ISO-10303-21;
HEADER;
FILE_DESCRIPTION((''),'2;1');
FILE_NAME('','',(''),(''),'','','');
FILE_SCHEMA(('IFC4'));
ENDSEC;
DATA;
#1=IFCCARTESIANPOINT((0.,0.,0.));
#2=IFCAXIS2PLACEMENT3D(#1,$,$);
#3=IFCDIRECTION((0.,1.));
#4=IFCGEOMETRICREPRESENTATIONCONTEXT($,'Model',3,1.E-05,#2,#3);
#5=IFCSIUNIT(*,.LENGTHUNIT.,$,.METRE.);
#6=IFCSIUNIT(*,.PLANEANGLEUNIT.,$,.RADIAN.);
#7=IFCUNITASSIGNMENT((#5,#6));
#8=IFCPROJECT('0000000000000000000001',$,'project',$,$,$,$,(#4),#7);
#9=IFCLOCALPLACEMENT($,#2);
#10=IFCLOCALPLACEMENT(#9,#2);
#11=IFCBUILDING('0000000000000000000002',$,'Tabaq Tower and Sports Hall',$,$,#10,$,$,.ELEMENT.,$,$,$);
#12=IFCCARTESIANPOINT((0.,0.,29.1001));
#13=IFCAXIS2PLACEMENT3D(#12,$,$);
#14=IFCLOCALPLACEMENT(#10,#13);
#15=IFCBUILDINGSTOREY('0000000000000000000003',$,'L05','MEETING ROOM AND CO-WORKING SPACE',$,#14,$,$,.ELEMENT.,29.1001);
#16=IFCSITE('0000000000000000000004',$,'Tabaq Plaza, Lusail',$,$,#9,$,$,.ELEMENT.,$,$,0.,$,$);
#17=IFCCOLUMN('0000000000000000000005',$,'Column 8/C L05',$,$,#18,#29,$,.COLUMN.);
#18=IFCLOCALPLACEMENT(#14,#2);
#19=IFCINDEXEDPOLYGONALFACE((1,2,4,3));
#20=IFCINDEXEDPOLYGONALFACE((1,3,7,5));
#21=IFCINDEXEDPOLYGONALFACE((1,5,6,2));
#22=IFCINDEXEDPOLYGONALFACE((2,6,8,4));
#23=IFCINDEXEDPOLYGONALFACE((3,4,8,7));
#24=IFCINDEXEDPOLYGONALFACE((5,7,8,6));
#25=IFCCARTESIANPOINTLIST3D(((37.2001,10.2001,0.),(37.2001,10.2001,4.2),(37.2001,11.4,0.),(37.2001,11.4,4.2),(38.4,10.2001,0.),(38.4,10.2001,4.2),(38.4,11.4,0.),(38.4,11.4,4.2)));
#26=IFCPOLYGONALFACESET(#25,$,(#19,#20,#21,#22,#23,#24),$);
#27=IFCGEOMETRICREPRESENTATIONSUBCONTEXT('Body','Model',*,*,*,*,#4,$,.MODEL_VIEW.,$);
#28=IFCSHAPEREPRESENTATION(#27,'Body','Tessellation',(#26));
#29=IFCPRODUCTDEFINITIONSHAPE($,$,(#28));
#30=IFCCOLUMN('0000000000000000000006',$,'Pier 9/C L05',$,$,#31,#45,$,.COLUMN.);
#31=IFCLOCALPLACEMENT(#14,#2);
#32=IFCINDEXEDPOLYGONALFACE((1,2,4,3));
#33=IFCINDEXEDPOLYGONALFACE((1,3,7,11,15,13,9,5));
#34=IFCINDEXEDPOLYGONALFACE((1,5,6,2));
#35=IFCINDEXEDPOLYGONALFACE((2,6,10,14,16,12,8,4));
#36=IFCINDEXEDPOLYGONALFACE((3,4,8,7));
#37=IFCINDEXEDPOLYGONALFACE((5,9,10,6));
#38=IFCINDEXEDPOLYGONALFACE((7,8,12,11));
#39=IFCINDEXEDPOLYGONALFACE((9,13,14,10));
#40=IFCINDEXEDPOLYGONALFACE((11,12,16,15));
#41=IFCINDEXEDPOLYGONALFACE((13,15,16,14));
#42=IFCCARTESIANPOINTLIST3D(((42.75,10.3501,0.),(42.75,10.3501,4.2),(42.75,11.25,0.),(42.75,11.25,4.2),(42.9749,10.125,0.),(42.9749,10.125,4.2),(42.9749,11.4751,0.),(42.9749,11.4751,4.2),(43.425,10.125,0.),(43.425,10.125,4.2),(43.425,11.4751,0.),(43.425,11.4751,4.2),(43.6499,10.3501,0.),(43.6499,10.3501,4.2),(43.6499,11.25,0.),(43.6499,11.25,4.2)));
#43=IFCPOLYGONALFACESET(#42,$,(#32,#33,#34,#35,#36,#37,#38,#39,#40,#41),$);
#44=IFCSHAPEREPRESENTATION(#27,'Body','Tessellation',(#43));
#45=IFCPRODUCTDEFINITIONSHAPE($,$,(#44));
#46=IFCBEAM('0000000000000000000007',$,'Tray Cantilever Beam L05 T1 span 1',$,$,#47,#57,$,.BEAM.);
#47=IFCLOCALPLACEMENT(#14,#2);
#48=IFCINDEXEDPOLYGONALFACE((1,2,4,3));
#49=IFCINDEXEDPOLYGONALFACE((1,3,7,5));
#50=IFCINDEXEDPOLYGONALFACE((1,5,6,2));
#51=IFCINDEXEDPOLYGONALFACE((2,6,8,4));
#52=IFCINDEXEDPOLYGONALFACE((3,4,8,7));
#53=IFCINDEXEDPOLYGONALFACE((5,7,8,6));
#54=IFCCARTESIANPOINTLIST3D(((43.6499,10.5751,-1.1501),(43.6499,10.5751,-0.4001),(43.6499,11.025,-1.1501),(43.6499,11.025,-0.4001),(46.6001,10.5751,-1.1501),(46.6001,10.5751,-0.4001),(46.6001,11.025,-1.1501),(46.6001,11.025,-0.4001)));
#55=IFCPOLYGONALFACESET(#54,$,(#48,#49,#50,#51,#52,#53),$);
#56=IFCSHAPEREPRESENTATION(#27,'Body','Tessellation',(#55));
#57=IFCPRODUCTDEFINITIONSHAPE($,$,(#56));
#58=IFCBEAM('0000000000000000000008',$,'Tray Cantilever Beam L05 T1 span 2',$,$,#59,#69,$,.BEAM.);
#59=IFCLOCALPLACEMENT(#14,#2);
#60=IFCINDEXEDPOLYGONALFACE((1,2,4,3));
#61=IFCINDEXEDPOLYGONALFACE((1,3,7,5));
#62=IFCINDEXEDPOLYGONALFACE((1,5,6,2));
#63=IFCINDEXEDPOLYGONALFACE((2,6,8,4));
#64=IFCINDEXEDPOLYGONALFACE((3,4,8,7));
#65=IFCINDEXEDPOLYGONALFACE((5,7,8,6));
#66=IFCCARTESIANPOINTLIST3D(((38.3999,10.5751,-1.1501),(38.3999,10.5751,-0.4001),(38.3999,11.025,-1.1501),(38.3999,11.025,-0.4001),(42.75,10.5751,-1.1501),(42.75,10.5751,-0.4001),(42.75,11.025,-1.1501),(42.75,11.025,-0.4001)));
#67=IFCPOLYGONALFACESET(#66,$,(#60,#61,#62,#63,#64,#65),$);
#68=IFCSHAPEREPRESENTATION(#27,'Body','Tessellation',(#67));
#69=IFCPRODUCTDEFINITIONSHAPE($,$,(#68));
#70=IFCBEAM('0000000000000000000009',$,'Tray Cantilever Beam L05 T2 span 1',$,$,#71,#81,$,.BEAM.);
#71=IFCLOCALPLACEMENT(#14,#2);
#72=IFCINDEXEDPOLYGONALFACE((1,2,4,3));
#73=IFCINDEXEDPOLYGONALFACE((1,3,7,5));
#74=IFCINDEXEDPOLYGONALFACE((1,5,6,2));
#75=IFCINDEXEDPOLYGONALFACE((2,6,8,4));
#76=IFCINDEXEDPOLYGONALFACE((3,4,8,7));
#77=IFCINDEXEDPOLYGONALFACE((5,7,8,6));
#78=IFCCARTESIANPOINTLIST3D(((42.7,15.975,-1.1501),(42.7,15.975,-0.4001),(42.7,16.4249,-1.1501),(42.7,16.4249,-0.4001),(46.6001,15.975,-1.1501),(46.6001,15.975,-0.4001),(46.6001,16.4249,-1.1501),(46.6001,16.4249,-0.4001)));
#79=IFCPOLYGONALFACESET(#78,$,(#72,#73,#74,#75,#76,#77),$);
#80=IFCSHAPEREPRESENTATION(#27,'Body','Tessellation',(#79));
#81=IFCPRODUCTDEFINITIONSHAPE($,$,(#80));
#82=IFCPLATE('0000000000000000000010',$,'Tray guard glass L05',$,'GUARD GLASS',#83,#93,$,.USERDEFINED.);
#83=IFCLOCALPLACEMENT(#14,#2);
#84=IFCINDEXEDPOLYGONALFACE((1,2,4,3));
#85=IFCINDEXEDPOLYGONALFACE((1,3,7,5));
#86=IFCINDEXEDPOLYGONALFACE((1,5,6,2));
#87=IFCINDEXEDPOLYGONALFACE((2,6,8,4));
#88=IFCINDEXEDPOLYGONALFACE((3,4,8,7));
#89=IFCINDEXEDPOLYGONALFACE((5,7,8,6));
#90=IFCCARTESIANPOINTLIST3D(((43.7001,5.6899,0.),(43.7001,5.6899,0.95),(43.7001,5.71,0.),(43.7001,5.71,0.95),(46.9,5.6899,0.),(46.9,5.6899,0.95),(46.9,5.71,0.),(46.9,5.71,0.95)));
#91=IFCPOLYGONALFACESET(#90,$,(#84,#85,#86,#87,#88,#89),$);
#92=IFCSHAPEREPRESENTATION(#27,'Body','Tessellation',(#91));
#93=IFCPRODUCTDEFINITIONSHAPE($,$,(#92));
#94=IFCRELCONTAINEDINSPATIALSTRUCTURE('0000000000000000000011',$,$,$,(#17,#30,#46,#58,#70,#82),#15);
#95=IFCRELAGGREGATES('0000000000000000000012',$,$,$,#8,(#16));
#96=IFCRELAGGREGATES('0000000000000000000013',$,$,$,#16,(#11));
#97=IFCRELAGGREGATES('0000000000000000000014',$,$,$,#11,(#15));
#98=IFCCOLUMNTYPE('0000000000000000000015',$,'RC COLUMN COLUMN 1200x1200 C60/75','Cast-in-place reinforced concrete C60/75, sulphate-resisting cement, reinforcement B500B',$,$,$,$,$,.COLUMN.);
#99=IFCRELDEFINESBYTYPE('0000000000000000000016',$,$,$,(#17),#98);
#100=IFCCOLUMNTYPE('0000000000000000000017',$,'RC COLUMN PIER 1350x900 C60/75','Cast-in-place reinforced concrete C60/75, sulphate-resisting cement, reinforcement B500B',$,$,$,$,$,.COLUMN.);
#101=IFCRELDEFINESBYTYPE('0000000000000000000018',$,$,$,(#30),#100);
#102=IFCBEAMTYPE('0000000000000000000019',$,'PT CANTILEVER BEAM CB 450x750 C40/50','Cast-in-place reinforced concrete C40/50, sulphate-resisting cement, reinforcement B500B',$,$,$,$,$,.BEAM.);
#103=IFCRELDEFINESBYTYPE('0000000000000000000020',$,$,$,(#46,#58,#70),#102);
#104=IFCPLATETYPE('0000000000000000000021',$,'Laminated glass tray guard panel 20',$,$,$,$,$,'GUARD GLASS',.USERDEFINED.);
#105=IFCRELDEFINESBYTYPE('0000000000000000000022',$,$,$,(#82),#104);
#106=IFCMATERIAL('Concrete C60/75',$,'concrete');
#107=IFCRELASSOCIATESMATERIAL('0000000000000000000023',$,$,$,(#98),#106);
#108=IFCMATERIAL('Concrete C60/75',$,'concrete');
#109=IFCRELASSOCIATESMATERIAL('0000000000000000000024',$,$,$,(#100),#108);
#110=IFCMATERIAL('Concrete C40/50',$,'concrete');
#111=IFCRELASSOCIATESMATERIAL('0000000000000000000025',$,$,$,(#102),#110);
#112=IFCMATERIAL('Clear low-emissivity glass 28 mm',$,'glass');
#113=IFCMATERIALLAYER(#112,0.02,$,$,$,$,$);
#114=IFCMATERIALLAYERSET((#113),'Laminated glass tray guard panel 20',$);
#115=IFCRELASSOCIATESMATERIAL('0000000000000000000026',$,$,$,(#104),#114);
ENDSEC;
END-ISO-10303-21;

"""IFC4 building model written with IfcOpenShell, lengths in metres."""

from ifc_helpers import new_model, si_unit, direction, frame, frame_2d, origin, origin_2d, place, context, subcontext, project, spatial, polyline, rectangle, outline, extrude, material, layer, layer_set, material_profile, profile_set, type_object, element, save


model = new_model("IFC4")

# Units and contexts
model_context = context("Model", 3, precision=1e-05, world=origin(), true_north=direction((0.0, 1.0)))
body_context = subcontext(model_context, "Body", "Model", "MODEL_VIEW")
ifc_project = project(units=[si_unit("LENGTHUNIT", "METRE"), si_unit("PLANEANGLEUNIT", "RADIAN")], contexts=[model_context])

# Site, building, storey
site_placement = place(None, origin())
site = spatial("IfcSite", under=ifc_project, at=site_placement, Name="Tabaq Plaza, Lusail", CompositionType="ELEMENT", RefElevation=0.0)
building_placement = place(site_placement, origin())
building = spatial("IfcBuilding", under=site, at=building_placement, Name="Tabaq Tower and Sports Hall", CompositionType="ELEMENT")
storey_placement = place(building_placement, frame((0.0, 0.0, 29.1001)))
storey = spatial("IfcBuildingStorey", under=building, at=storey_placement, Name="L05", Description="MEETING ROOM AND CO-WORKING SPACE", CompositionType="ELEMENT", Elevation=29.1001)

# Columns
ifc_material_1 = material(Name="Concrete C60/75", Category="concrete")
ifc_material_profile_1 = material_profile(ifc_material_1, rectangle(XDim=1.2, YDim=1.2, at=origin_2d()), Name="COLUMN 1200x1200")
ifc_profile_set_1 = profile_set([ifc_material_profile_1], Name="Concrete C60/75")
column_type_1 = type_object("IfcColumnType", Name="RC COLUMN COLUMN 1200x1200 C60/75", Description="Cast-in-place reinforced concrete C60/75, sulphate-resisting cement, reinforcement B500B", PredefinedType="COLUMN", material=ifc_profile_set_1)
column_1_placement = place(storey_placement, frame((37.8, 10.8, 0.0), z_axis=(0.0, 0.0, 1.0), x_axis=(1.0, 0.0, 0.0)))
element("IfcColumn", 1, at=column_1_placement, inside=storey, type_object=column_type_1, Name="Column 8/C L05", PredefinedType="COLUMN", context=body_context, shape_type="SweptSolid", body=[
    extrude(rectangle(XDim=1.2, YDim=1.2, at=origin_2d()), origin(), (0.0, 0.0, 1.0), 4.2),
])
ifc_material_2 = material(Name="Concrete C60/75", Category="concrete")
ifc_material_profile_2 = material_profile(ifc_material_2, outline(polyline([(-0.45, -0.45), (0.45, -0.45), (0.675, -0.2251), (0.675, 0.2251), (0.45, 0.45), (-0.45, 0.45), (-0.675, 0.2251), (-0.675, -0.2251), (-0.45, -0.45)])), Name="PIER 1350x900")
ifc_profile_set_2 = profile_set([ifc_material_profile_2], Name="Concrete C60/75")
column_type_2 = type_object("IfcColumnType", Name="RC COLUMN PIER 1350x900 C60/75", Description="Cast-in-place reinforced concrete C60/75, sulphate-resisting cement, reinforcement B500B", PredefinedType="COLUMN", material=ifc_profile_set_2)
column_2_placement = place(storey_placement, frame((43.2, 10.8, 0.0), z_axis=(0.0, 0.0, 1.0), x_axis=(0.0, 1.0, 0.0)))
element("IfcColumn", 2, at=column_2_placement, inside=storey, type_object=column_type_2, Name="Pier 9/C L05", PredefinedType="COLUMN", context=body_context, shape_type="SweptSolid", body=[
    extrude(outline(polyline([(-0.45, -0.45), (0.45, -0.45), (0.675, -0.2251), (0.675, 0.2251), (0.45, 0.45), (-0.45, 0.45), (-0.675, 0.2251), (-0.675, -0.2251), (-0.45, -0.45)])), origin(), (0.0, 0.0, 1.0), 4.2),
])

# Beams
ifc_material_3 = material(Name="Concrete C40/50", Category="concrete")
ifc_material_profile_3 = material_profile(ifc_material_3, rectangle(XDim=0.45, YDim=0.75, at=origin_2d()), Name="CB 450x750")
ifc_profile_set_3 = profile_set([ifc_material_profile_3], Name="Concrete C40/50")
beam_type = type_object("IfcBeamType", Name="PT CANTILEVER BEAM CB 450x750 C40/50", Description="Cast-in-place reinforced concrete C40/50, sulphate-resisting cement, reinforcement B500B", PredefinedType="BEAM", material=ifc_profile_set_3)
beam_1_placement = place(storey_placement, frame((46.6001, 10.8, -0.7751), z_axis=(-1.0, 0.0, 0.0), x_axis=(0.0, -1.0, 0.0)))
element("IfcBeam", 3, at=beam_1_placement, inside=storey, type_object=beam_type, Name="Tray Cantilever Beam L05 T1 span 1", PredefinedType="BEAM", context=body_context, shape_type="SweptSolid", body=[
    extrude(rectangle(XDim=0.45, YDim=0.75, at=origin_2d()), origin(), (0.0, 0.0, 1.0), 2.9502),
])
beam_2_placement = place(storey_placement, frame((42.75, 10.8, -0.7751), z_axis=(-1.0, 0.0, 0.0), x_axis=(0.0, -1.0, 0.0)))
element("IfcBeam", 4, at=beam_2_placement, inside=storey, type_object=beam_type, Name="Tray Cantilever Beam L05 T1 span 2", PredefinedType="BEAM", context=body_context, shape_type="SweptSolid", body=[
    extrude(rectangle(XDim=0.45, YDim=0.75, at=origin_2d()), origin(), (0.0, 0.0, 1.0), 4.3501),
])
beam_3_placement = place(storey_placement, frame((46.6001, 16.2, -0.7751), z_axis=(-1.0, 0.0, 0.0), x_axis=(0.0, -1.0, 0.0)))
element("IfcBeam", 5, at=beam_3_placement, inside=storey, type_object=beam_type, Name="Tray Cantilever Beam L05 T2 span 1", PredefinedType="BEAM", context=body_context, shape_type="SweptSolid", body=[
    extrude(rectangle(XDim=0.45, YDim=0.75, at=origin_2d()), origin(), (0.0, 0.0, 1.0), 3.9001),
])

# Plate
ifc_material_4 = material(Name="Clear low-emissivity glass 28 mm", Category="glass")
ifc_layer_1 = layer(ifc_material_4, 0.02)
ifc_layer_set_1 = layer_set([ifc_layer_1], Name="Laminated glass tray guard panel 20")
plate_type = type_object("IfcPlateType", Name="Laminated glass tray guard panel 20", ElementType="GUARD GLASS", PredefinedType="USERDEFINED", material=ifc_layer_set_1)
plate_placement = place(storey_placement, frame((43.7, 5.7, 0.0), z_axis=(0.0, 0.0, 1.0), x_axis=(1.0, 0.0, 0.0)))
element("IfcPlate", 6, at=plate_placement, inside=storey, type_object=plate_type, Name="Tray guard glass L05", ObjectType="GUARD GLASS", PredefinedType="USERDEFINED", context=body_context, shape_type="SweptSolid", body=[
    extrude(rectangle(XDim=3.2, YDim=0.02, at=frame_2d((1.6001, 0.0))), origin(), (0.0, 0.0, 1.0), 0.95),
])

save(model, "model.ifc")
